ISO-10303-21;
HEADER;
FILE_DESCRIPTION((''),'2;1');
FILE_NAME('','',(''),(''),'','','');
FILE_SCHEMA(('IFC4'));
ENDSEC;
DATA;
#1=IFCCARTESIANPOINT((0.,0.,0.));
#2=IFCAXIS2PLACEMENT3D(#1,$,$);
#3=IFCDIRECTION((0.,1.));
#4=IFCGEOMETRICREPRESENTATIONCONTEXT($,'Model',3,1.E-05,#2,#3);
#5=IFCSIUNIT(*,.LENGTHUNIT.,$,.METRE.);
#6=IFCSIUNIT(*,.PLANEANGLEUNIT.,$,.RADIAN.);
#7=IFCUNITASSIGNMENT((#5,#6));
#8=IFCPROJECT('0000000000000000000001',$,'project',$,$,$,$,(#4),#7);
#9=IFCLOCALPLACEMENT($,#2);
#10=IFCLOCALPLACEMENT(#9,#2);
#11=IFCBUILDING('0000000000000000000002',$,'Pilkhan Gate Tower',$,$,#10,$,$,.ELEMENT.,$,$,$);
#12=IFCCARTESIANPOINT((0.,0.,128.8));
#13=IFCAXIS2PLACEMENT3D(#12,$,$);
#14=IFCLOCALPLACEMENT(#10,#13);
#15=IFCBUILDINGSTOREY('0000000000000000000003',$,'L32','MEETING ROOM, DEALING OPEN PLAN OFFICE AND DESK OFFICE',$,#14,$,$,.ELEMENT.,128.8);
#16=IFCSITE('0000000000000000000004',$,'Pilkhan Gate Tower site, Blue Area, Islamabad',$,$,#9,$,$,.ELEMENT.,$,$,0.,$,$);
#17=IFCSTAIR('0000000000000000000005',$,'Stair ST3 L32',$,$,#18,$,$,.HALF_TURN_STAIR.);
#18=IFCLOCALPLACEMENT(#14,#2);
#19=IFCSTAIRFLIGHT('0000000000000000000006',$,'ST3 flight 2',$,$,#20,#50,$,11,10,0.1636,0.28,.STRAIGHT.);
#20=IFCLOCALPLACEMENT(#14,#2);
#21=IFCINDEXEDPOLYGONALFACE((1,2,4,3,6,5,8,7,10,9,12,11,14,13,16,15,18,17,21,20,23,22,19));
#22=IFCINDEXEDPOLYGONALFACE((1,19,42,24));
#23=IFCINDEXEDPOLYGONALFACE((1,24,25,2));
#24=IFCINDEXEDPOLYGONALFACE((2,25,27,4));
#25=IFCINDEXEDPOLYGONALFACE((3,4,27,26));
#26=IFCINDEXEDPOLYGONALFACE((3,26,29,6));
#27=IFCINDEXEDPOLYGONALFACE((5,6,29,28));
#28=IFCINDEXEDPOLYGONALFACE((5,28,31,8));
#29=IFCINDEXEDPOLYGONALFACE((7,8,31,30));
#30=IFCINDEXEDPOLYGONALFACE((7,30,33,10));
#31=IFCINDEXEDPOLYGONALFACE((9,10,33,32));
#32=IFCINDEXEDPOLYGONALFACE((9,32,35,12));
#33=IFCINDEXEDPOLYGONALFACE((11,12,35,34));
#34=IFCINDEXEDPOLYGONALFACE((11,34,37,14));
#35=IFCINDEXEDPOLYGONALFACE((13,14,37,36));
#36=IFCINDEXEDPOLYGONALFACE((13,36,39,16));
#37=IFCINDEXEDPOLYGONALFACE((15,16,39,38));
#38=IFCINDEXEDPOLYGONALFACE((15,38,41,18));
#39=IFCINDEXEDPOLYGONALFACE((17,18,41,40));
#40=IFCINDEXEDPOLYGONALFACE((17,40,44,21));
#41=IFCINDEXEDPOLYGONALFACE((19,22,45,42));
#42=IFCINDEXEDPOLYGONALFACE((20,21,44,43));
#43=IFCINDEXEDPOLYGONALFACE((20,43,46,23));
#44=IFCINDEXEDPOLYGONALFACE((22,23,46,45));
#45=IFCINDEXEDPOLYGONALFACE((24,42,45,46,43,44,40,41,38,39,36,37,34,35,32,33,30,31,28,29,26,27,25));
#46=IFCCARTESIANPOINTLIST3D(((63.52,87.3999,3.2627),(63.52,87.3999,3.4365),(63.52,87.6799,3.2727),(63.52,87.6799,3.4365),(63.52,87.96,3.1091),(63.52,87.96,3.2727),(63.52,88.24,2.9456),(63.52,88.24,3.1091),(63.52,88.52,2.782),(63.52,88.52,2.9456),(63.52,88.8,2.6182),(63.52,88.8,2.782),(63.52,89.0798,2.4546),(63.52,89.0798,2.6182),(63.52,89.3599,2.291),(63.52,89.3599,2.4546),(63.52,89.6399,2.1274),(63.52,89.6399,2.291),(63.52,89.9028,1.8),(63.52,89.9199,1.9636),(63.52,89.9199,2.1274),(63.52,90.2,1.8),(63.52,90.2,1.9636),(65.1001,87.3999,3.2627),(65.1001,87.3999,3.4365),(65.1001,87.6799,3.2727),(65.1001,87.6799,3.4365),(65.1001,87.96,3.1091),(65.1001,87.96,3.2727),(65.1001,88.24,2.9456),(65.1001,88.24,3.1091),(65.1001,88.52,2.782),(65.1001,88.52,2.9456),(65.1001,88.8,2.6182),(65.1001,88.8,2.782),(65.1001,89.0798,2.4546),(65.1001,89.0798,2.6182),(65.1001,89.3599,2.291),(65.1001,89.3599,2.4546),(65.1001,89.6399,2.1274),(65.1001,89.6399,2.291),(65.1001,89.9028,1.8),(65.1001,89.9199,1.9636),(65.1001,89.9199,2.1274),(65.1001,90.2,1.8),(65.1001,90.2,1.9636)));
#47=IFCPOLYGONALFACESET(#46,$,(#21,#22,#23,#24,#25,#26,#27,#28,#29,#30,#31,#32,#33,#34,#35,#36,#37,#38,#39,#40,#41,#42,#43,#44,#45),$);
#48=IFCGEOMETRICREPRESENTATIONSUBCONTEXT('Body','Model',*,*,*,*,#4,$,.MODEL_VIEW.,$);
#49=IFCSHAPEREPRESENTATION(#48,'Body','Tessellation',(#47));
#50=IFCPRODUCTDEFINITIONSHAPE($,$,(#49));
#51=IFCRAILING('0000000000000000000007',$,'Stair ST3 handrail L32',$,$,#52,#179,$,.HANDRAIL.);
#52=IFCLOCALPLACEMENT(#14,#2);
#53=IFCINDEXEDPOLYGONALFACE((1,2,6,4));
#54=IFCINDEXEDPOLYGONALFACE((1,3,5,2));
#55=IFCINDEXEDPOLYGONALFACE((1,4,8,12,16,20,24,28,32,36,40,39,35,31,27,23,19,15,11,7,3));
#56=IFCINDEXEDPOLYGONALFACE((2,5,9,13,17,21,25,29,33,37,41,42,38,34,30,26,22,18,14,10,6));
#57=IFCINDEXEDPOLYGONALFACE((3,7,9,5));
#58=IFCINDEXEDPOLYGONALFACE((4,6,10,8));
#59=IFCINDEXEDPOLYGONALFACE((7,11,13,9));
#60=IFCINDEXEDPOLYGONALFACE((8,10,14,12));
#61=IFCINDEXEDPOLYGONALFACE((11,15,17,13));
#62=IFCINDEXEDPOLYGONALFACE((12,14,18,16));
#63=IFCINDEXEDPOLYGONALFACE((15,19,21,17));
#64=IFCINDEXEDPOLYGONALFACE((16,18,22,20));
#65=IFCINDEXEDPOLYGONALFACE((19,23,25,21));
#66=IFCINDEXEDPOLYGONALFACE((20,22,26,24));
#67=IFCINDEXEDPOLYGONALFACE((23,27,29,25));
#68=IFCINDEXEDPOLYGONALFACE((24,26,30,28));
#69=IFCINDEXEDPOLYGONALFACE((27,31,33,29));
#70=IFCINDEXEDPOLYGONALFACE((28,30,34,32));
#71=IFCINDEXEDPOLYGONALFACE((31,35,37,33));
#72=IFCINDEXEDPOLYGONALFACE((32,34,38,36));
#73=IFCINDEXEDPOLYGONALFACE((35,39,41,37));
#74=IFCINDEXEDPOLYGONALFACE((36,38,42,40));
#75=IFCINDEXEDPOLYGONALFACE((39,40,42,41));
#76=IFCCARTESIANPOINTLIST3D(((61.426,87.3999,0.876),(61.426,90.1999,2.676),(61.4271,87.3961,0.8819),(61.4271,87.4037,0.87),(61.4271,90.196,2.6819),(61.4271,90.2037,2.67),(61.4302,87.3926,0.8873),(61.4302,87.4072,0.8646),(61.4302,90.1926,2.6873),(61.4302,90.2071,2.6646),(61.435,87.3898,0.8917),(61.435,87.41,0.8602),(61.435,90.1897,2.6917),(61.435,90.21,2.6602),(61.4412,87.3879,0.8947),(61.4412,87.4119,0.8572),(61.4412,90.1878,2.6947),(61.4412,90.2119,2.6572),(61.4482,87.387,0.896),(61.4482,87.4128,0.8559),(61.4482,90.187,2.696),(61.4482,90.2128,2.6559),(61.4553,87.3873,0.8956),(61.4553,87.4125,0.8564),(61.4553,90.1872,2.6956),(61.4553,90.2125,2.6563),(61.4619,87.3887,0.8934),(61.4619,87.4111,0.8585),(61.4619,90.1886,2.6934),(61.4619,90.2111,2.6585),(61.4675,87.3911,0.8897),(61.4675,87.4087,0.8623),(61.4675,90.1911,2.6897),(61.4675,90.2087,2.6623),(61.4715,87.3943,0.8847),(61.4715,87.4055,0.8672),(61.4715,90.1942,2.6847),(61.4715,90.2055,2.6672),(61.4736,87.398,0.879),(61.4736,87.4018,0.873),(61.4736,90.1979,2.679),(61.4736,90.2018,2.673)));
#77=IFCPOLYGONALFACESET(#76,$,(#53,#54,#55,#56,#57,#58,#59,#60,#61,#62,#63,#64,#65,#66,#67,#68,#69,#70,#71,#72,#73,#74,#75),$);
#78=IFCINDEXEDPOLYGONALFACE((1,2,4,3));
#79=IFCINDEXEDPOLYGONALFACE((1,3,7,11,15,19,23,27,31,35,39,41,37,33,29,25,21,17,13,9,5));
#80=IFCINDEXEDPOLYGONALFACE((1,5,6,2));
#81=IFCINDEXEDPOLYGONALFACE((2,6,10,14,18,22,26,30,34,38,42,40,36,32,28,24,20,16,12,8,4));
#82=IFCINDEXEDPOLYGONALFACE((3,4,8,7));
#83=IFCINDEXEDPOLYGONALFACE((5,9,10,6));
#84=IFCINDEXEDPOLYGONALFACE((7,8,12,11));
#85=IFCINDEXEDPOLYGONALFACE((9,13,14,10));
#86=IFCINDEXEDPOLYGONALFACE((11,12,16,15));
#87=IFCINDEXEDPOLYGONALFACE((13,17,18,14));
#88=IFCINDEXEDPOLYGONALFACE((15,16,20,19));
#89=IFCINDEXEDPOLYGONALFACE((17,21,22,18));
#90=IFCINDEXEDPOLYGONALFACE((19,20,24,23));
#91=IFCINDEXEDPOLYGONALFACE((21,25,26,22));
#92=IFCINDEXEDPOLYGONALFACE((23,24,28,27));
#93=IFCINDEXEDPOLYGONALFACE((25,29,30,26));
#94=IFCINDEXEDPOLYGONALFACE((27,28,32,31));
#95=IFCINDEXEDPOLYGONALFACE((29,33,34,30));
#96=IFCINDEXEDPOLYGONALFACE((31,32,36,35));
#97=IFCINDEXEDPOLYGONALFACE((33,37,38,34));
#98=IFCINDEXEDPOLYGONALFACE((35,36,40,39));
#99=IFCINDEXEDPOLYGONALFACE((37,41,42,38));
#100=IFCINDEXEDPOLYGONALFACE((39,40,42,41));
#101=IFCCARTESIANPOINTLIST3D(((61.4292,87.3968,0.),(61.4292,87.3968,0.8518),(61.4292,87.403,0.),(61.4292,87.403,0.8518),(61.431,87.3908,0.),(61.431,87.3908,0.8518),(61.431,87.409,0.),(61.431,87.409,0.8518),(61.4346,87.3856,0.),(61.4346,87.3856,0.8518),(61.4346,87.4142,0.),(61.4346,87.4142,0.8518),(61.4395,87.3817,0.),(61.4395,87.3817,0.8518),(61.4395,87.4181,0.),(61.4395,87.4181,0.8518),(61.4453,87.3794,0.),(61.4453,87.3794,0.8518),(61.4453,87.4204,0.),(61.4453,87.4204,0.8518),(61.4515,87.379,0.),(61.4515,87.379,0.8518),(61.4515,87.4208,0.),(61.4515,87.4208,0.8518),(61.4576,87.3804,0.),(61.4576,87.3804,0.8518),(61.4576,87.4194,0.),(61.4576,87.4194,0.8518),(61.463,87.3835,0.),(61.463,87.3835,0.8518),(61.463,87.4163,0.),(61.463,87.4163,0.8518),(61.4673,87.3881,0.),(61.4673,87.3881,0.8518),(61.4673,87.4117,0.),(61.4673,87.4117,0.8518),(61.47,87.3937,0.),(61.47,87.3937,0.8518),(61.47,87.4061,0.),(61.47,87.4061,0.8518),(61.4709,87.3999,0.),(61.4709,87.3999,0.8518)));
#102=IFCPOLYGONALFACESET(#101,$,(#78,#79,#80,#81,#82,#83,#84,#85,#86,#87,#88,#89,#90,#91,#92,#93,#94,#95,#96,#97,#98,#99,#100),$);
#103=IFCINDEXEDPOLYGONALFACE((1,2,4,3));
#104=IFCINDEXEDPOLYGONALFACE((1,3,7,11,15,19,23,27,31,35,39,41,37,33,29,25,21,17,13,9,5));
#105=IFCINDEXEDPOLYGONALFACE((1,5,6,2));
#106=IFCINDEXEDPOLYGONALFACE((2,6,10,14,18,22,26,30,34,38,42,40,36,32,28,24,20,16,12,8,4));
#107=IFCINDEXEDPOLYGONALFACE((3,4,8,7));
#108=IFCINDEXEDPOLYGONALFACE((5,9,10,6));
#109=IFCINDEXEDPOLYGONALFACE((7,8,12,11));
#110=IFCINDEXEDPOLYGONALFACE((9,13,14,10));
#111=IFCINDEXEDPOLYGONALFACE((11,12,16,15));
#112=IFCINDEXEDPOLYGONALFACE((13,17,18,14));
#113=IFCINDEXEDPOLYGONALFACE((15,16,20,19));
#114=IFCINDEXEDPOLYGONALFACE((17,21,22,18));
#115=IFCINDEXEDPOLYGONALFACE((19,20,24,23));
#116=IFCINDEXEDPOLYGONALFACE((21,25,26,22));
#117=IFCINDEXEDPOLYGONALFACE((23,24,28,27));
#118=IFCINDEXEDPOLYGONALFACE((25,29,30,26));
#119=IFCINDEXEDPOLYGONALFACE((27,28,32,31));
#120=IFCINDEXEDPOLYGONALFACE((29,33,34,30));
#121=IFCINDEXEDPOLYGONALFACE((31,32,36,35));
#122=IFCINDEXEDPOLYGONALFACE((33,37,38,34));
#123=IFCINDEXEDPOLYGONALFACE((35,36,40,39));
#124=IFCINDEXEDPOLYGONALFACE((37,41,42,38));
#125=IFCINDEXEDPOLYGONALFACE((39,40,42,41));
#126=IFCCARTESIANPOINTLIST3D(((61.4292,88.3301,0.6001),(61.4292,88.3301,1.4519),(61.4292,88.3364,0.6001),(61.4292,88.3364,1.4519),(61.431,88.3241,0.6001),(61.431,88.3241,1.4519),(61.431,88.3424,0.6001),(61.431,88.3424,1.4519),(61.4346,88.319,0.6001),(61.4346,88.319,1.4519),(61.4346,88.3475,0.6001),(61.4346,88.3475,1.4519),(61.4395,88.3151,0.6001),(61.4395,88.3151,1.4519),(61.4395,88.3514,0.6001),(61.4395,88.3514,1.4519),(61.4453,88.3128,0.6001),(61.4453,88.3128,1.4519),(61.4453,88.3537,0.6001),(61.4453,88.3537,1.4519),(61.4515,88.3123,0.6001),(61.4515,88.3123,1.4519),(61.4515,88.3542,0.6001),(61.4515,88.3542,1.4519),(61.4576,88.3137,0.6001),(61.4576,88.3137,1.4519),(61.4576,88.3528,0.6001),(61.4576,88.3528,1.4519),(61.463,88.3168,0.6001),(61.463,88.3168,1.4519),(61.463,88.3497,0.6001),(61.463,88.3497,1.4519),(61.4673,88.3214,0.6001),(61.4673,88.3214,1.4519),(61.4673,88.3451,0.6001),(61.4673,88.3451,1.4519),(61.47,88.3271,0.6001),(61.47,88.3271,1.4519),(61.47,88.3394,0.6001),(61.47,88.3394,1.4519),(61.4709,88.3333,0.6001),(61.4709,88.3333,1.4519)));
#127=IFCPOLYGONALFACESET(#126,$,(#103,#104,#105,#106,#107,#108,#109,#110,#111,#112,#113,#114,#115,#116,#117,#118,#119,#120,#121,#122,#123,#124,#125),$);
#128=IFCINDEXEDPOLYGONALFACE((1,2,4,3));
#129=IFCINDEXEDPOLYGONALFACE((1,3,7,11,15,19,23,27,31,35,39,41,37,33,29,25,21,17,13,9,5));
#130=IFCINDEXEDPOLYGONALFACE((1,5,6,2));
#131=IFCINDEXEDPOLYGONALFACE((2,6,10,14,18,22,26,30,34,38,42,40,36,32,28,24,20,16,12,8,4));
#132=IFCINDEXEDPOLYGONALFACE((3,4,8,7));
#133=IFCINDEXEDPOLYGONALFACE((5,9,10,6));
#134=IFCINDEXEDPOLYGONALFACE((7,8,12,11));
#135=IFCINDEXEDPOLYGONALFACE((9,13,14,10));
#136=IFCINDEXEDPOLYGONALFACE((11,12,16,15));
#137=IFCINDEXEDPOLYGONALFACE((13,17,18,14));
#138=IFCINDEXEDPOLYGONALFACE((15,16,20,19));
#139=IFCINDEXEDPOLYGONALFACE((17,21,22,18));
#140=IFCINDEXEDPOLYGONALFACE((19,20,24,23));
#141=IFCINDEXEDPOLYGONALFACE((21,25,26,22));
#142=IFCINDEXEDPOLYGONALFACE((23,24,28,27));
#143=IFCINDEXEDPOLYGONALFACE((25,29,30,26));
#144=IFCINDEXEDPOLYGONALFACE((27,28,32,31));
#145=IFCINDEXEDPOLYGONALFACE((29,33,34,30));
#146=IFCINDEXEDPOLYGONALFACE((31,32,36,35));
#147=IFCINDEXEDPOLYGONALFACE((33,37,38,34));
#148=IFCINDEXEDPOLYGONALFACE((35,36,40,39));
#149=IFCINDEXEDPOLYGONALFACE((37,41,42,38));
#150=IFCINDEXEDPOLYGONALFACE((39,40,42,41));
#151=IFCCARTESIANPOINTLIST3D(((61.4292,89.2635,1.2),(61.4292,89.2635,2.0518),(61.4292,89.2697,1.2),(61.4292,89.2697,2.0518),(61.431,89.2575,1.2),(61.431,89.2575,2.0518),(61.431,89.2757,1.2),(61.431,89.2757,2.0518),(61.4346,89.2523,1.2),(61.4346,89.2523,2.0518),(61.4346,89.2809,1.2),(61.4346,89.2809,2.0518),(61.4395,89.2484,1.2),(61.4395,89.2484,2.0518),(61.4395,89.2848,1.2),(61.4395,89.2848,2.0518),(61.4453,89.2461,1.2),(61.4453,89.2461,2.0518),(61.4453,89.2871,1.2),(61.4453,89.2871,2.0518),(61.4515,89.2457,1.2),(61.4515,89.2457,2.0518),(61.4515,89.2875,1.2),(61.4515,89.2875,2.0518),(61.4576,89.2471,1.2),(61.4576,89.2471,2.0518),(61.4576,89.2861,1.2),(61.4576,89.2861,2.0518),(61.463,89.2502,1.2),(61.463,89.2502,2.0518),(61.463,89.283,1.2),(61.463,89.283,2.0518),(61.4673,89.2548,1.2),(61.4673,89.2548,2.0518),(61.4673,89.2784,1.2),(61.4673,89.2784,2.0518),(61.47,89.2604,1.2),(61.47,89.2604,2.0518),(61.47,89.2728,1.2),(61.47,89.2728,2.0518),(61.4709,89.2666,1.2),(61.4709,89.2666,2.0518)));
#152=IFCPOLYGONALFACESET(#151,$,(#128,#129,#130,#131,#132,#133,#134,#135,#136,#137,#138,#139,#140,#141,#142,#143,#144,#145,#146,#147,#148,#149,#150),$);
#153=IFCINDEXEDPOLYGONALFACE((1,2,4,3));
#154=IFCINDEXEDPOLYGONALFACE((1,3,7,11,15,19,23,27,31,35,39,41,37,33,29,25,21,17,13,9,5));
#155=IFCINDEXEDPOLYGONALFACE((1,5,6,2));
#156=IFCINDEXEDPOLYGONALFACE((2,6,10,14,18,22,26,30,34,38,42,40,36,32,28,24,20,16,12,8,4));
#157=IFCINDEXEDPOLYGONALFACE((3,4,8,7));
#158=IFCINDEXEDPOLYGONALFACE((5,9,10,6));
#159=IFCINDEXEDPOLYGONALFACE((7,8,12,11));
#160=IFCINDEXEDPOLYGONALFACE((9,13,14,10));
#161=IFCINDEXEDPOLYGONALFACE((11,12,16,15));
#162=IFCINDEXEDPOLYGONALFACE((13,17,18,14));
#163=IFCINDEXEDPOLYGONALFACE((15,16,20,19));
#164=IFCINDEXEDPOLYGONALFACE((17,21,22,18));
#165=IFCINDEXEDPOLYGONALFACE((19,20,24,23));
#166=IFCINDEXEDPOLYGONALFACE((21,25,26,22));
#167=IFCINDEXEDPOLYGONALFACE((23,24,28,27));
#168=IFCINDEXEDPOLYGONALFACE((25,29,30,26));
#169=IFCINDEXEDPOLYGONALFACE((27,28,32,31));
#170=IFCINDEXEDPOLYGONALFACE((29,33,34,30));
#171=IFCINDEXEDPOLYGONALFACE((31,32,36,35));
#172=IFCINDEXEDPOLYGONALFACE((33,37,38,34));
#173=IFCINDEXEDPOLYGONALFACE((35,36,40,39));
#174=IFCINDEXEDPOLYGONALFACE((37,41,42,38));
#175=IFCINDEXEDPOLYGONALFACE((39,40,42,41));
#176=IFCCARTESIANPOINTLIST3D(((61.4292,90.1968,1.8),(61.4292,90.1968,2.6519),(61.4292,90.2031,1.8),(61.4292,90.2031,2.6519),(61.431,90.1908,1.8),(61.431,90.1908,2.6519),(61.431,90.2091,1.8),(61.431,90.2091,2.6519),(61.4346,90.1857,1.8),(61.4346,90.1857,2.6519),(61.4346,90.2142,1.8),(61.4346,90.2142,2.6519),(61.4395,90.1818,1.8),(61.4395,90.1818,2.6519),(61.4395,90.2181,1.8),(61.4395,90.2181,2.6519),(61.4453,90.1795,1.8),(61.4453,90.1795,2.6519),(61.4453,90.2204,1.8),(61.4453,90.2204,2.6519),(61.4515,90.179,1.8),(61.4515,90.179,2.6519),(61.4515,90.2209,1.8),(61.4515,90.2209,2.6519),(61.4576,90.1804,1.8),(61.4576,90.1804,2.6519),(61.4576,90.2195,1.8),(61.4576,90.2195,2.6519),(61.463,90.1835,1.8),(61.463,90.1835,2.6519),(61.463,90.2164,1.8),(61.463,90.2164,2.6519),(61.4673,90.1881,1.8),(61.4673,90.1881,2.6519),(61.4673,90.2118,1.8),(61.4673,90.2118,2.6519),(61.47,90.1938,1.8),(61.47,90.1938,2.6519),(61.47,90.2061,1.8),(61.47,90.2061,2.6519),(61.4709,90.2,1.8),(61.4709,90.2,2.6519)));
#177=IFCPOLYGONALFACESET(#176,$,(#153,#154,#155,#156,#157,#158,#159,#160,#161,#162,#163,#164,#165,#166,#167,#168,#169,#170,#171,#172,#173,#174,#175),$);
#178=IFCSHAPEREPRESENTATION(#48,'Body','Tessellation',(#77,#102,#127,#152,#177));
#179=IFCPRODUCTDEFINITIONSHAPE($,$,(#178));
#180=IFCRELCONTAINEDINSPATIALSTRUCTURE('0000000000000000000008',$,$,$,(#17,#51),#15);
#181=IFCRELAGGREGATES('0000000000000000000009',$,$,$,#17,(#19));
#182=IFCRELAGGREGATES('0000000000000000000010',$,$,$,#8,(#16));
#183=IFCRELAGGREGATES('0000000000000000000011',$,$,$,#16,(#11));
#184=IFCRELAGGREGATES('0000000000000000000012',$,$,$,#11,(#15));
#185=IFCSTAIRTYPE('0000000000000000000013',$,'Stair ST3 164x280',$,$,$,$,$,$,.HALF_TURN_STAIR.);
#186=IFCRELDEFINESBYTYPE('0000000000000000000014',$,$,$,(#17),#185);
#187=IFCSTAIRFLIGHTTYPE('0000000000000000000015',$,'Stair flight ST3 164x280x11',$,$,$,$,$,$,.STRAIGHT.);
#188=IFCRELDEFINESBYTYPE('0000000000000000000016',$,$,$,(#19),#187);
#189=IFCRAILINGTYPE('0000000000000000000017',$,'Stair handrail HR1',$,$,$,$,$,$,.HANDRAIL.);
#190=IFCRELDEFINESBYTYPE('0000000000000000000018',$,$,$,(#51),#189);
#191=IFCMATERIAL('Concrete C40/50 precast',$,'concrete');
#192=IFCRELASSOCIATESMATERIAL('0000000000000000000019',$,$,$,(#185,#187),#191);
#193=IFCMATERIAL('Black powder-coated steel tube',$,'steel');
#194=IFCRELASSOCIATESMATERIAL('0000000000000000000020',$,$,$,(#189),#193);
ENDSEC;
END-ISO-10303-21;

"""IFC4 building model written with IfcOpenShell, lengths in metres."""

from ifc_helpers import new_model, si_unit, direction, frame, origin, origin_2d, place, context, subcontext, project, spatial, polyline, circle, outline, extrude, material, type_object, element, aggregate, save


model = new_model("IFC4")

# Units and contexts
model_context = context("Model", 3, precision=1e-05, world=origin(), true_north=direction((0.0, 1.0)))
body_context = subcontext(model_context, "Body", "Model", "MODEL_VIEW")
ifc_project = project(units=[si_unit("LENGTHUNIT", "METRE"), si_unit("PLANEANGLEUNIT", "RADIAN")], contexts=[model_context])

# Site, building, storey
site_placement = place(None, origin())
site = spatial("IfcSite", under=ifc_project, at=site_placement, Name="Pilkhan Gate Tower site, Blue Area, Islamabad", CompositionType="ELEMENT", RefElevation=0.0)
building_placement = place(site_placement, origin())
building = spatial("IfcBuilding", under=site, at=building_placement, Name="Pilkhan Gate Tower", CompositionType="ELEMENT")
storey_placement = place(building_placement, frame((0.0, 0.0, 128.8)))
storey = spatial("IfcBuildingStorey", under=building, at=storey_placement, Name="L32", Description="MEETING ROOM, DEALING OPEN PLAN OFFICE AND DESK OFFICE", CompositionType="ELEMENT", Elevation=128.8)

# Stair, stair flight
ifc_material_1 = material(Name="Concrete C40/50 precast", Category="concrete")
stair_type = type_object("IfcStairType", Name="Stair ST3 164x280", PredefinedType="HALF_TURN_STAIR", material=ifc_material_1)
stair_placement = place(storey_placement, origin())
stair = element("IfcStair", 1, at=stair_placement, inside=storey, type_object=stair_type, Name="Stair ST3 L32", PredefinedType="HALF_TURN_STAIR")
stair_flight_type = type_object("IfcStairFlightType", Name="Stair flight ST3 164x280x11", PredefinedType="STRAIGHT", material=ifc_material_1)
stair_flight_1_placement = place(storey_placement, frame((64.3101, 90.2, 1.8), z_axis=(0.0, 0.0, 1.0), x_axis=(0.0, -1.0, 0.0)))
stair_flight_1 = element("IfcStairFlight", 2, at=stair_flight_1_placement, type_object=stair_flight_type, Name="ST3 flight 2", NumberOfRisers=11, NumberOfTreads=10, PredefinedType="STRAIGHT", RiserHeight=0.1636, TreadLength=0.28, context=body_context, shape_type="SweptSolid", body=[
    extrude(outline(polyline([(0.0, 0.0), (0.0, 0.1636), (0.28, 0.1636), (0.28, 0.3274), (0.5601, 0.3274), (0.5601, 0.491), (0.8401, 0.491), (0.8401, 0.6545), (1.1201, 0.6545), (1.1201, 0.8181), (1.3999, 0.8181), (1.3999, 0.9819), (1.6799, 0.9819), (1.6799, 1.1455), (1.96, 1.1455), (1.96, 1.3091), (2.24, 1.3091), (2.24, 1.4727), (2.52, 1.4727), (2.52, 1.6365), (2.8, 1.6365), (2.8, 1.8), (2.8, 1.4626), (0.2971, 0.0), (0.0, 0.0)])), frame((0.0, 0.79, 0.0), z_axis=(0.0, -1.0, 0.0), x_axis=(1.0, 0.0, 0.0)), (0.0, 0.0, 1.0), 1.5801),
])
aggregate(stair, [stair_flight_1])

# Railing
ifc_material_2 = material(Name="Black powder-coated steel tube", Category="steel")
railing_type_1 = type_object("IfcRailingType", Name="Stair handrail HR1", PredefinedType="HANDRAIL", material=ifc_material_2)
railing_1_placement = place(storey_placement, frame((61.45, 87.3999, 0.0)))
element("IfcRailing", 3, at=railing_1_placement, inside=storey, type_object=railing_type_1, Name="Stair ST3 handrail L32", PredefinedType="HANDRAIL", context=body_context, shape_type="SweptSolid", body=[
    extrude(circle(Radius=0.0239, at=origin_2d()), frame((0.0, 0.0, 0.876), z_axis=(0.0, 0.841176, 0.540761), x_axis=(-1.0, 0.0, 0.0)), (0.0, 0.0, 1.0), 3.3286),
    extrude(circle(Radius=0.021, at=origin_2d()), origin(), (0.0, 0.0, 1.0), 0.8518),
    extrude(circle(Radius=0.021, at=origin_2d()), frame((0.0, 0.9333, 0.6001)), (0.0, 0.0, 1.0), 0.8518),
    extrude(circle(Radius=0.021, at=origin_2d()), frame((0.0, 1.8667, 1.2)), (0.0, 0.0, 1.0), 0.8518),
    extrude(circle(Radius=0.021, at=origin_2d()), frame((0.0, 2.8, 1.8)), (0.0, 0.0, 1.0), 0.8518),
])

save(model, "model.ifc")
